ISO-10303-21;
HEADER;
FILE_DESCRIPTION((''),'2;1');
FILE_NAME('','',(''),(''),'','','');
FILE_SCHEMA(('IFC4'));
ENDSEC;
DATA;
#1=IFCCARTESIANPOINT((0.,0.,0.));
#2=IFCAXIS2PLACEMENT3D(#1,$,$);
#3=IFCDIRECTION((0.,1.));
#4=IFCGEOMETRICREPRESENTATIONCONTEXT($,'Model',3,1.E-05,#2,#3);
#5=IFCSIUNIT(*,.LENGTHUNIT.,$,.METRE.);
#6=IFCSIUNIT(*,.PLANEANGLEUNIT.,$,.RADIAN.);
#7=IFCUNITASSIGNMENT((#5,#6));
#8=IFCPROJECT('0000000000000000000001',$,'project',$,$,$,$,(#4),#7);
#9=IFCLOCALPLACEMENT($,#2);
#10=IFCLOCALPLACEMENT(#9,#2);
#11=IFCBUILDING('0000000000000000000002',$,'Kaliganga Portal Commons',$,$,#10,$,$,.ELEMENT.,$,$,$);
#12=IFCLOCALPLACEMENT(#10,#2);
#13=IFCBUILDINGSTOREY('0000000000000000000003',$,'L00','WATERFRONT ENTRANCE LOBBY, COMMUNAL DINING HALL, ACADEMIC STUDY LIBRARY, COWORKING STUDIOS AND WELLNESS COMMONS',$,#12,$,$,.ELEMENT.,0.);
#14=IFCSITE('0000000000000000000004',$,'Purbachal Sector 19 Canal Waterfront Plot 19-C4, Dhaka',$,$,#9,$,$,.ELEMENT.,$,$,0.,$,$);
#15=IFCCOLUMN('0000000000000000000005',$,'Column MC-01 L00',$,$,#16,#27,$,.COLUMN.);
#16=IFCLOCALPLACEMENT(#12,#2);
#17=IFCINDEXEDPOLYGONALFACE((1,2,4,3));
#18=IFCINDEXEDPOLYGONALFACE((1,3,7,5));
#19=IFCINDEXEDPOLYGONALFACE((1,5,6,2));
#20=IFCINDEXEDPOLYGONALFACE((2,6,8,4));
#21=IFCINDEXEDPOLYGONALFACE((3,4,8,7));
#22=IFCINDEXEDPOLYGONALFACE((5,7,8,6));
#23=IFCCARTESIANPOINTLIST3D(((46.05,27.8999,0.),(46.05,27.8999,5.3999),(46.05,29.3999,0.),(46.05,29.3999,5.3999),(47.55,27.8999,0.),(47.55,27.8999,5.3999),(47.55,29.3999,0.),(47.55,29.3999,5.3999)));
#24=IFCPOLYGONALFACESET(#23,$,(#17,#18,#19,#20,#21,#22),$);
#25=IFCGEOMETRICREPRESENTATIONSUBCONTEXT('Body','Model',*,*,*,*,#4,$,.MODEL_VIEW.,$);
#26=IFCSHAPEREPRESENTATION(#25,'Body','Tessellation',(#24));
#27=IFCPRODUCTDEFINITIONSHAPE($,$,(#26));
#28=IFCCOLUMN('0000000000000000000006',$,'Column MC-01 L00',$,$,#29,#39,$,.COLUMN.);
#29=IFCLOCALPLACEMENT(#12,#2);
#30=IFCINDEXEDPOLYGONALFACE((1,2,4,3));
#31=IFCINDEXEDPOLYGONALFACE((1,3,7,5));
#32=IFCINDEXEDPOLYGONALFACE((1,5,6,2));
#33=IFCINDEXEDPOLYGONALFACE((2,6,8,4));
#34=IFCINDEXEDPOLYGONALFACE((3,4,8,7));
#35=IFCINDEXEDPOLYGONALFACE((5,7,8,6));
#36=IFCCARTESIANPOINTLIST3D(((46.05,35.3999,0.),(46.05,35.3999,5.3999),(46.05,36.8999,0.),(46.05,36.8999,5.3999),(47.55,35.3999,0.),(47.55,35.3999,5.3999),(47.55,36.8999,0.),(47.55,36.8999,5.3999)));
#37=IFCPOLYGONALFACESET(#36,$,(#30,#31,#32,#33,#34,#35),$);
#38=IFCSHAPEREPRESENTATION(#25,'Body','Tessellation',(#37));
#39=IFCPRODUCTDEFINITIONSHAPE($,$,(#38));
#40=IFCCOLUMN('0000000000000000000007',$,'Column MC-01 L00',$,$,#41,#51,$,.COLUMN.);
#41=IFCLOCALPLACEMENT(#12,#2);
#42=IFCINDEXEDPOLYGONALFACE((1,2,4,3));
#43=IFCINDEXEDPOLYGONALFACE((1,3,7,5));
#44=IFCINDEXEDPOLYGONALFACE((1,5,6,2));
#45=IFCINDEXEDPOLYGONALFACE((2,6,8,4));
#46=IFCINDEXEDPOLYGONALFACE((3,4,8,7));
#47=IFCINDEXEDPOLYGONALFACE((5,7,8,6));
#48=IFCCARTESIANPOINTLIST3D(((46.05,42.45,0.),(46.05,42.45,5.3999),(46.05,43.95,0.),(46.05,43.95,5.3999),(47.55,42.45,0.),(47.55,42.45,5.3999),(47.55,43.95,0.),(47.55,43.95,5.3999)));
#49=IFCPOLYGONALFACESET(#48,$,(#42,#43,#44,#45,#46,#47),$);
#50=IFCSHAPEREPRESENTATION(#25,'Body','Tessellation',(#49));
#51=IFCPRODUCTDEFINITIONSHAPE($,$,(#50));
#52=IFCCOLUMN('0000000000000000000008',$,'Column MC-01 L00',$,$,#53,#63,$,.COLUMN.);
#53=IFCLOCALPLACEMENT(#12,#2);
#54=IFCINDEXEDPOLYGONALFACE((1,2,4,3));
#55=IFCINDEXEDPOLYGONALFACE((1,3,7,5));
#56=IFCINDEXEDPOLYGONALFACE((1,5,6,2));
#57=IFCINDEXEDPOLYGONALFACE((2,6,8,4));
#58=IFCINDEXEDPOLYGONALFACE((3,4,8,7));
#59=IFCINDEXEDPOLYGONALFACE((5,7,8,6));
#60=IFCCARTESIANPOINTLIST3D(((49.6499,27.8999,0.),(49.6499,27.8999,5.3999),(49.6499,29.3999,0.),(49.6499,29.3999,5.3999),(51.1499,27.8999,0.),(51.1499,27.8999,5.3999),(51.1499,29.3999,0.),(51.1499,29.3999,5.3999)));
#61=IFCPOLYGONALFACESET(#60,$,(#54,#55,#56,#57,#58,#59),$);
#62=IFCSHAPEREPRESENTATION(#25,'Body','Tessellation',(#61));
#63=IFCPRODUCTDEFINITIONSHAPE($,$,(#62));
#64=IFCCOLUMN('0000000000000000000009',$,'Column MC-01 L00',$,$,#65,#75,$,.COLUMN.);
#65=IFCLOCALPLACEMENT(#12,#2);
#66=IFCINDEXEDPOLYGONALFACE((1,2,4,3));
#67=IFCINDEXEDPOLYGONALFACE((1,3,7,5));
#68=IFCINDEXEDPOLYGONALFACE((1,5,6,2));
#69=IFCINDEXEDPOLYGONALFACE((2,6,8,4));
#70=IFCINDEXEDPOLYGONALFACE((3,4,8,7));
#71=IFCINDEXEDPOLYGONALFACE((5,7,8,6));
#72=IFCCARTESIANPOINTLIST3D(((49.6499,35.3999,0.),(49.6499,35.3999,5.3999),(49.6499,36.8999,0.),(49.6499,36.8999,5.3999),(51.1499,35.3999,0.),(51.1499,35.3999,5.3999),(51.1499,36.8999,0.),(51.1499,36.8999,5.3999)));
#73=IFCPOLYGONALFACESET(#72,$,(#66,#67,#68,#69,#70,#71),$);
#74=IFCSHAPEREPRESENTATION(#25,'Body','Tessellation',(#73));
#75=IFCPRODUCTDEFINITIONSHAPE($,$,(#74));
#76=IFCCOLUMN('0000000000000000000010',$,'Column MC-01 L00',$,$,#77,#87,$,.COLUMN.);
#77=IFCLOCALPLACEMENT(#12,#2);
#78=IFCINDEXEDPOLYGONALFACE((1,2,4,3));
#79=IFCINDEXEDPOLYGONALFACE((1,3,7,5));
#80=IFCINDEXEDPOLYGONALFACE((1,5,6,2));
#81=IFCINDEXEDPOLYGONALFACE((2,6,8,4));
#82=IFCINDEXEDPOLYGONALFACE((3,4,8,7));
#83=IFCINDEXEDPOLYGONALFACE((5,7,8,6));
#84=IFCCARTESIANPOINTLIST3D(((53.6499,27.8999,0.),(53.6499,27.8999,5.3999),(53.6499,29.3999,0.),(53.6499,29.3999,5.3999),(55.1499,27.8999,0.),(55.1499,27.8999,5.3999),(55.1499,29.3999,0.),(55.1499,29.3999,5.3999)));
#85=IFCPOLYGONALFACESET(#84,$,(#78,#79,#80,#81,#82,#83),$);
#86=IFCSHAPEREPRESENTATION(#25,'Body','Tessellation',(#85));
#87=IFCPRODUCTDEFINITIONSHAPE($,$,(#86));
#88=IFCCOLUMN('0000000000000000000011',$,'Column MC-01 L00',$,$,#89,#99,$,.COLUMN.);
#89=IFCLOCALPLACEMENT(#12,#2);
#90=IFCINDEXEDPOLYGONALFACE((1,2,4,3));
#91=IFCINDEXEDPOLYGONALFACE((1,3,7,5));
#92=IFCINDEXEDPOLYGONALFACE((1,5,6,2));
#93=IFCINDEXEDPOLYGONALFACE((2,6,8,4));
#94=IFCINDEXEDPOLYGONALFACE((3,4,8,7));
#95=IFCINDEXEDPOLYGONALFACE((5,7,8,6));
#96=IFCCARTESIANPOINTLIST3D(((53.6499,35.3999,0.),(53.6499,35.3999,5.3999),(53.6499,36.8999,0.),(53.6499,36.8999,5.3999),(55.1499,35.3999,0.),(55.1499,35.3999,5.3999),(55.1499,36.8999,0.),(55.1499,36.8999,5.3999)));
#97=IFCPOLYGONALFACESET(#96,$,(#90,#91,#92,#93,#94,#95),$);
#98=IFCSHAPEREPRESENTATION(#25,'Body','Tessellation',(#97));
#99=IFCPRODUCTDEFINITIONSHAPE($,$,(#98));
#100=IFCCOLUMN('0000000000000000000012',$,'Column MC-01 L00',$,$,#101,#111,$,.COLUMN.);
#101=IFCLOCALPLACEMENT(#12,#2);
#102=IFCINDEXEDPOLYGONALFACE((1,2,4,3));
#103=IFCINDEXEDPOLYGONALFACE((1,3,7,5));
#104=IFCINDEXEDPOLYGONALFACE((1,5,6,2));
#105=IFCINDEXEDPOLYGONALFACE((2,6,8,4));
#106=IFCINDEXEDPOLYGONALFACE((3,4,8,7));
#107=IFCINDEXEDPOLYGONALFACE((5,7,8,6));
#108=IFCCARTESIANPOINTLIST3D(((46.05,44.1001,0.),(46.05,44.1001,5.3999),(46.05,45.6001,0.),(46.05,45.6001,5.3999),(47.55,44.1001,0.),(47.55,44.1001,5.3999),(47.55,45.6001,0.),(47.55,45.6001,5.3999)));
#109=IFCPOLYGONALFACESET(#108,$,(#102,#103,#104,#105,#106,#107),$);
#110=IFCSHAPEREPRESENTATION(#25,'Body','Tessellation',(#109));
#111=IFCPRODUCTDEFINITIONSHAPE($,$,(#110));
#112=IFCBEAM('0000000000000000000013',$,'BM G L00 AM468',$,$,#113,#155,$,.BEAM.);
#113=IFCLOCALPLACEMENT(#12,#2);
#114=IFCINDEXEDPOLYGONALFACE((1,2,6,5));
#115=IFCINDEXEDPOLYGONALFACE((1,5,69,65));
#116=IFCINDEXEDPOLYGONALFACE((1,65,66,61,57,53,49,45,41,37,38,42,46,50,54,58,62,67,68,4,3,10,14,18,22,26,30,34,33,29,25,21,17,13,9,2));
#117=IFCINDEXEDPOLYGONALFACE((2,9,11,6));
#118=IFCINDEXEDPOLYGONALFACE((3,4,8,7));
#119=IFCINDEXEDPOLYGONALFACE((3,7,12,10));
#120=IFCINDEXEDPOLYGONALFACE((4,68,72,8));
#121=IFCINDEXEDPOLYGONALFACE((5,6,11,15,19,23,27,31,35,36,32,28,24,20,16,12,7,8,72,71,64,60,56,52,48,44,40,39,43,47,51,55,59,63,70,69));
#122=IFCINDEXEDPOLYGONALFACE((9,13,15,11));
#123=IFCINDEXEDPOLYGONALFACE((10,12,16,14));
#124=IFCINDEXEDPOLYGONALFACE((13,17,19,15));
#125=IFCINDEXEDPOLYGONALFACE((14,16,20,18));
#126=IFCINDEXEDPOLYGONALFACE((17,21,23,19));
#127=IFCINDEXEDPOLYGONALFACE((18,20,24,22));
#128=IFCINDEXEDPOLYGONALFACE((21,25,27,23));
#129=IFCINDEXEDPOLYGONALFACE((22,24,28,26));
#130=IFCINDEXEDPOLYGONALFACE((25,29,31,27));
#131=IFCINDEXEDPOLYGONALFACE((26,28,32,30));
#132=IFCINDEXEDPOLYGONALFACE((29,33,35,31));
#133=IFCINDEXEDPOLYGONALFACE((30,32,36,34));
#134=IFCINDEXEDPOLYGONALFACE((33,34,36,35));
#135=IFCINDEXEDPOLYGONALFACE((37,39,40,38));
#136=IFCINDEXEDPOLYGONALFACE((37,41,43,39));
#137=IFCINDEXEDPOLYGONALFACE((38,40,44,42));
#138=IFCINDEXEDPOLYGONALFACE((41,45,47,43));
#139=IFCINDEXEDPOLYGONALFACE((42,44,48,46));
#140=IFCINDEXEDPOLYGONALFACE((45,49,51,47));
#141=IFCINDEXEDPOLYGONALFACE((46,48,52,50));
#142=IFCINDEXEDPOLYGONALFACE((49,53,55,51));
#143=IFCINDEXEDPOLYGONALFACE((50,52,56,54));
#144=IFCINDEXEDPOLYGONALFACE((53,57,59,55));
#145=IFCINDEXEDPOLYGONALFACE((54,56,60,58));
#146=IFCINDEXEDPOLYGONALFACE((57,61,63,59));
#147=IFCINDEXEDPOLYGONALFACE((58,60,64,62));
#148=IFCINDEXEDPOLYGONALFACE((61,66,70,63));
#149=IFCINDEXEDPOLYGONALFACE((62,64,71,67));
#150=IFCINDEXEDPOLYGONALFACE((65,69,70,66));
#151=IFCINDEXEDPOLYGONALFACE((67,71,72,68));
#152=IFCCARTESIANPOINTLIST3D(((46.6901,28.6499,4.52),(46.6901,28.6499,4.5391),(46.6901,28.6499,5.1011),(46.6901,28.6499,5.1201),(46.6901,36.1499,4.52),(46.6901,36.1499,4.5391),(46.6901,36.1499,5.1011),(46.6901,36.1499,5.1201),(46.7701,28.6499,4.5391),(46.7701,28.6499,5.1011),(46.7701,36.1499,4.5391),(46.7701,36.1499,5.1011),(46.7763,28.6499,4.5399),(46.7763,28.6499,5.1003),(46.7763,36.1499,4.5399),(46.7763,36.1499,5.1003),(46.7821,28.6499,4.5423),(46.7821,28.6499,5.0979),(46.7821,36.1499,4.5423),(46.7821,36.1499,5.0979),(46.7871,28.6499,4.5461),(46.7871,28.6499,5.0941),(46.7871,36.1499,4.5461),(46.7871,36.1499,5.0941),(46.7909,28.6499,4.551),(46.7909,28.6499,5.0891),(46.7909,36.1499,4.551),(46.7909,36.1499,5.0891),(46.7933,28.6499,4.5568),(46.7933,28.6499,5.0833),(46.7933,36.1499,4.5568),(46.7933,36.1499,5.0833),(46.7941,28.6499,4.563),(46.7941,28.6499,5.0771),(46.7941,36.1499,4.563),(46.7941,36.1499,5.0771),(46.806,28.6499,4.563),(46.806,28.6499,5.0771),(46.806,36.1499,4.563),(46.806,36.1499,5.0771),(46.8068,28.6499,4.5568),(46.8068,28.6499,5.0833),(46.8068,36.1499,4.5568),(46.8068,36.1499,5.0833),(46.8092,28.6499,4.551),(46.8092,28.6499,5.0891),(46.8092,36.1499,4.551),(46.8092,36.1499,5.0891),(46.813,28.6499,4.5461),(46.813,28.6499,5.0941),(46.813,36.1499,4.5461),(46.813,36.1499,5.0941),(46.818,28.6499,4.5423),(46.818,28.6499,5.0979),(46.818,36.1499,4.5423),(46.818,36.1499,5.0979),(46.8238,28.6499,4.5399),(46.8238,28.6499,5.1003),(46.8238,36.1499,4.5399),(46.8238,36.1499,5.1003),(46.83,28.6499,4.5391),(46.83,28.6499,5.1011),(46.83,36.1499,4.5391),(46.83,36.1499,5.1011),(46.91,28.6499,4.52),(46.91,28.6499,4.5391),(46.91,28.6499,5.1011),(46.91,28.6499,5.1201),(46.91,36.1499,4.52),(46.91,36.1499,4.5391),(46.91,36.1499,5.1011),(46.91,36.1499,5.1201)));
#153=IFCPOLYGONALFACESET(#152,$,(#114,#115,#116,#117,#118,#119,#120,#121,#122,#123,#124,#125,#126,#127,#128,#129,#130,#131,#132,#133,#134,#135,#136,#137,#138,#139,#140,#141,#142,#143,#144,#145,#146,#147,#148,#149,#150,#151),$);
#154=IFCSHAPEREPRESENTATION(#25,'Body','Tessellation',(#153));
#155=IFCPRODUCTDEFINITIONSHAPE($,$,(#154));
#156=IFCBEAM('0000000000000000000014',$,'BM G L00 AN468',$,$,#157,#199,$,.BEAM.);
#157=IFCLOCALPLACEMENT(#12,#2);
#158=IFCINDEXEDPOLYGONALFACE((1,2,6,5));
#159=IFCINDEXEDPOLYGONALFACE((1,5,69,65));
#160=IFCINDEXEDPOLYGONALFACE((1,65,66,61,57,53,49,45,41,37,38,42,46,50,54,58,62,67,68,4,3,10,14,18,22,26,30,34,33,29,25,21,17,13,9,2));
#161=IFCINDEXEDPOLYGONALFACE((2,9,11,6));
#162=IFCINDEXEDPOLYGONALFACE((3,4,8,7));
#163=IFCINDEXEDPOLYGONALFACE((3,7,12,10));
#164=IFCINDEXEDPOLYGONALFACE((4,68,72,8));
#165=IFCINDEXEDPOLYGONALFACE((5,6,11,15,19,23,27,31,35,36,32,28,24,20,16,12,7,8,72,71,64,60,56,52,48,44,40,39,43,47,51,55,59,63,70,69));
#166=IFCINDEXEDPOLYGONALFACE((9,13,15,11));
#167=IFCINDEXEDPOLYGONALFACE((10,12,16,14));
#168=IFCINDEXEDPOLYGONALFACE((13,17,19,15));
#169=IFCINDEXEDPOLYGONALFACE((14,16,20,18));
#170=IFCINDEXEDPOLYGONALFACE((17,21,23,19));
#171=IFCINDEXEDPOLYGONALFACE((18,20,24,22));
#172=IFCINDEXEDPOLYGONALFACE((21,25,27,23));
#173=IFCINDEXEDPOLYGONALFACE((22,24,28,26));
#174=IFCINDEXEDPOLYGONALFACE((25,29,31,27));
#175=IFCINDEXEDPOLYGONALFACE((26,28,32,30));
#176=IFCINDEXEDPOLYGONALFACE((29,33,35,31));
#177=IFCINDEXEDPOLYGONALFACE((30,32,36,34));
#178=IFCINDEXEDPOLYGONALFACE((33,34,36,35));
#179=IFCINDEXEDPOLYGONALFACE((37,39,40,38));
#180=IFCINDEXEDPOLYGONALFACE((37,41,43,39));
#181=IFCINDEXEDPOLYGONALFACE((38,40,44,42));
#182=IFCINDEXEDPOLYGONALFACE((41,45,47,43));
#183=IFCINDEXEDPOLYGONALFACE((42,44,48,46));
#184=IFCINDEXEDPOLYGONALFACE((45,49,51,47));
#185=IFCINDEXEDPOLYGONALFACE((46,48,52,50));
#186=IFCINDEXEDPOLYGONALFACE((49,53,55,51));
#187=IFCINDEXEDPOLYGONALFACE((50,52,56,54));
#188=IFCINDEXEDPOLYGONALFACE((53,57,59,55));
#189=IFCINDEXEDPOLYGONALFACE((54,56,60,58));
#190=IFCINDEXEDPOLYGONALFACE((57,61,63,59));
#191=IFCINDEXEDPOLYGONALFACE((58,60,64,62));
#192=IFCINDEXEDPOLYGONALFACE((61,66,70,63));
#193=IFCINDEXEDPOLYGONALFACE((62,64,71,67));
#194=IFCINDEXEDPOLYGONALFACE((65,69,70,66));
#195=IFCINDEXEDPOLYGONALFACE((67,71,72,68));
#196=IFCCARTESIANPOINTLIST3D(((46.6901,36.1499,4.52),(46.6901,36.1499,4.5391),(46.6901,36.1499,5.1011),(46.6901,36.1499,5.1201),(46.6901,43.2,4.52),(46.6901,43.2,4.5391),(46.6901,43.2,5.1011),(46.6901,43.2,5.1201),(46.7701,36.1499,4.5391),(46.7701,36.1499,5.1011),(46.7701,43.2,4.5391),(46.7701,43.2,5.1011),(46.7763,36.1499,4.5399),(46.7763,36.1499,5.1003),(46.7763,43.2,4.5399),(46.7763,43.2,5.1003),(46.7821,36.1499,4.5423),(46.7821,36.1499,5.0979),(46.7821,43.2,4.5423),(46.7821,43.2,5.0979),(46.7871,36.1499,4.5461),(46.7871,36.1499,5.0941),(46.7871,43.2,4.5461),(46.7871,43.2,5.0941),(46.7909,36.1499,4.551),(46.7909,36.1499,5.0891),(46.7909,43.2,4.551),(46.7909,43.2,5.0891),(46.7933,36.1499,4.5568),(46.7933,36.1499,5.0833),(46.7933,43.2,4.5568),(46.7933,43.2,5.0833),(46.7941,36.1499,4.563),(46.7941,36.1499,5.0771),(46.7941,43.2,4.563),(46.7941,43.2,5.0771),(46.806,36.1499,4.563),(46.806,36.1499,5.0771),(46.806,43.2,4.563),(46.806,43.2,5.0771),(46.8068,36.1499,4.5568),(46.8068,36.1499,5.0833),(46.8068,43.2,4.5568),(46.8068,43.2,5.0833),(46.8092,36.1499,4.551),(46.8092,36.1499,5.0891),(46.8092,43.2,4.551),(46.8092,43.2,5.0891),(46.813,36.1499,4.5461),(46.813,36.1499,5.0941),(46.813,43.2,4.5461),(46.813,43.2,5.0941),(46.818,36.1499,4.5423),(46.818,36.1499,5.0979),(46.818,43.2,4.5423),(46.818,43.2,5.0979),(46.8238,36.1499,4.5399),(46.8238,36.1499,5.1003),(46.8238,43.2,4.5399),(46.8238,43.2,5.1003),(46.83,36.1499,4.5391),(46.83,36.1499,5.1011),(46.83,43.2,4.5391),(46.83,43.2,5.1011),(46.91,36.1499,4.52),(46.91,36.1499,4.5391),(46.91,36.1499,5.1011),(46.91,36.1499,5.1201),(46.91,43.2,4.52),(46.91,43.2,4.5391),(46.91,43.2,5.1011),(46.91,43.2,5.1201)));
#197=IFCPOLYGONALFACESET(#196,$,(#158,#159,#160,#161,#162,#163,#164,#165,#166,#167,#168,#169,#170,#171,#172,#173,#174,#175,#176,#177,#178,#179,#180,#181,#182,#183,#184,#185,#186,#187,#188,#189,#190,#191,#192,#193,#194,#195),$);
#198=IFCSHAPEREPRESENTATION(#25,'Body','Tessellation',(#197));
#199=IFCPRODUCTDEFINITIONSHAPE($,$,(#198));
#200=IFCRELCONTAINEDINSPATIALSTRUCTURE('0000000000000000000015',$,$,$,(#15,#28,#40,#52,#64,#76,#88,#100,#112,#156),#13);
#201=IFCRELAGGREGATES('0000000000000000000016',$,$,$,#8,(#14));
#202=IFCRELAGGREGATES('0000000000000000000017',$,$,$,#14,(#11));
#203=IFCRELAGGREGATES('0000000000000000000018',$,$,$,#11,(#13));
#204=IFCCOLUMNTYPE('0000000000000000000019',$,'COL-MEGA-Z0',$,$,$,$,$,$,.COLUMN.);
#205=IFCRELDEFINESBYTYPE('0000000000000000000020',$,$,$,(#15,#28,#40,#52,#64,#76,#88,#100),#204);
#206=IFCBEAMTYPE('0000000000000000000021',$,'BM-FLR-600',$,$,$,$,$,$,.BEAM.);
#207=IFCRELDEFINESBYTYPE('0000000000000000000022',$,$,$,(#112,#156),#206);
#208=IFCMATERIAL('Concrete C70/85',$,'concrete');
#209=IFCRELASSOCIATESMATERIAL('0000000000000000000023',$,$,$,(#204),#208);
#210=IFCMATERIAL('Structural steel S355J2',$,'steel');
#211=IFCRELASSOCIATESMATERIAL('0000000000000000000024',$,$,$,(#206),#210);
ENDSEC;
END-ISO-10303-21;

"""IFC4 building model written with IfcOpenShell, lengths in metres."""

from ifc_helpers import new_model, si_unit, direction, frame, origin, origin_2d, place, context, subcontext, project, spatial, rectangle, i_section, extrude, source, transform, mapped, material, material_profile, profile_set, type_object, element, save


model = new_model("IFC4")

# Units and contexts
model_context = context("Model", 3, precision=1e-05, world=origin(), true_north=direction((0.0, 1.0)))
body_context = subcontext(model_context, "Body", "Model", "MODEL_VIEW")
ifc_project = project(units=[si_unit("LENGTHUNIT", "METRE"), si_unit("PLANEANGLEUNIT", "RADIAN")], contexts=[model_context])

# Site, building, storey
site_placement = place(None, origin())
site = spatial("IfcSite", under=ifc_project, at=site_placement, Name="Purbachal Sector 19 Canal Waterfront Plot 19-C4, Dhaka", CompositionType="ELEMENT", RefElevation=0.0)
building_placement = place(site_placement, origin())
building = spatial("IfcBuilding", under=site, at=building_placement, Name="Kaliganga Portal Commons", CompositionType="ELEMENT")
storey_placement = place(building_placement, origin())
storey = spatial("IfcBuildingStorey", under=building, at=storey_placement, Name="L00", Description="WATERFRONT ENTRANCE LOBBY, COMMUNAL DINING HALL, ACADEMIC STUDY LIBRARY, COWORKING STUDIOS AND WELLNESS COMMONS", CompositionType="ELEMENT", Elevation=0.0)

# Columns
ifc_material_1 = material(Name="Concrete C70/85", Category="concrete")
ifc_material_profile_1 = material_profile(ifc_material_1, rectangle(XDim=1.5, YDim=1.5, at=origin_2d()), Name="RC 1500x1500")
ifc_profile_set_1 = profile_set([ifc_material_profile_1], Name="Concrete C70/85")
column_type = type_object("IfcColumnType", Name="COL-MEGA-Z0", PredefinedType="COLUMN", material=ifc_profile_set_1)
shared_shape_1 = source(origin(), body_context, "Body", "SweptSolid", [
    extrude(rectangle(XDim=1.5, YDim=1.5, at=origin_2d()), origin(), (0.0, 0.0, 1.0), 5.3999),
])
for number, where, z_axis, x_axis, name in (
    (1, (46.8, 28.6499, 0.0), (0.0, 0.0, 1.0), (1.0, 0.0, 0.0), "Column MC-01 L00"),
    (2, (46.8, 36.1499, 0.0), (0.0, 0.0, 1.0), (1.0, 0.0, 0.0), "Column MC-01 L00"),
    (3, (46.8, 43.2, 0.0), (0.0, 0.0, 1.0), (1.0, 0.0, 0.0), "Column MC-01 L00"),
    (4, (50.3999, 28.6499, 0.0), (0.0, 0.0, 1.0), (1.0, 0.0, 0.0), "Column MC-01 L00"),
    (5, (50.3999, 36.1499, 0.0), (0.0, 0.0, 1.0), (1.0, 0.0, 0.0), "Column MC-01 L00"),
    (6, (54.3999, 28.6499, 0.0), (0.0, 0.0, 1.0), (1.0, 0.0, 0.0), "Column MC-01 L00"),
    (7, (54.3999, 36.1499, 0.0), (0.0, 0.0, 1.0), (1.0, 0.0, 0.0), "Column MC-01 L00"),
    (8, (46.8, 44.8501, 0.0), (0.0, 0.0, 1.0), (1.0, 0.0, 0.0), "Column MC-01 L00"),
):
    element("IfcColumn", number, at=place(storey_placement, frame(where, z_axis=z_axis, x_axis=x_axis)), inside=storey, type_object=column_type, Name=name, PredefinedType="COLUMN", context=body_context, shape_type="MappedRepresentation", body=[
        mapped(shared_shape_1, transform((0.0, 0.0, 0.0), x_axis=(1.0, 0.0, 0.0), y_axis=(0.0, 1.0, 0.0), z_axis=(0.0, 0.0, 1.0), scale=1.0)),
    ])

# Beams
ifc_material_2 = material(Name="Structural steel S355J2", Category="steel")
ifc_material_profile_2 = material_profile(ifc_material_2, i_section(OverallWidth=0.22, OverallDepth=0.6001, WebThickness=0.012, FlangeThickness=0.019, FilletRadius=0.0239, at=origin_2d()), Name="IPE 600")
ifc_profile_set_2 = profile_set([ifc_material_profile_2], Name="Structural steel S355J2 wide-flange")
beam_type_1 = type_object("IfcBeamType", Name="BM-FLR-600", PredefinedType="BEAM", material=ifc_profile_set_2)
shared_shape_2 = source(origin(), body_context, "Body", "SweptSolid", [
    extrude(i_section(OverallWidth=0.22, OverallDepth=0.6001, WebThickness=0.012, FlangeThickness=0.019, FilletRadius=0.0239, at=origin_2d()), origin(), (0.0, 0.0, 1.0), 7.5),
])
beam_1_placement = place(storey_placement, frame((46.8, 28.6499, 4.8201), z_axis=(0.0, 1.0, 0.0), x_axis=(-1.0, 0.0, 0.0)))
element("IfcBeam", 9, at=beam_1_placement, inside=storey, type_object=beam_type_1, Name="BM G L00 AM468", PredefinedType="BEAM", context=body_context, shape_type="MappedRepresentation", body=[
    mapped(shared_shape_2, transform((0.0, 0.0, 0.0), x_axis=(1.0, 0.0, 0.0), y_axis=(0.0, 1.0, 0.0), z_axis=(0.0, 0.0, 1.0), scale=1.0)),
])
shared_shape_3 = source(origin(), body_context, "Body", "SweptSolid", [
    extrude(i_section(OverallWidth=0.22, OverallDepth=0.6001, WebThickness=0.012, FlangeThickness=0.019, FilletRadius=0.0239, at=origin_2d()), origin(), (0.0, 0.0, 1.0), 7.05),
])
beam_2_placement = place(storey_placement, frame((46.8, 36.1499, 4.8201), z_axis=(0.0, 1.0, 0.0), x_axis=(-1.0, 0.0, 0.0)))
element("IfcBeam", 10, at=beam_2_placement, inside=storey, type_object=beam_type_1, Name="BM G L00 AN468", PredefinedType="BEAM", context=body_context, shape_type="MappedRepresentation", body=[
    mapped(shared_shape_3, transform((0.0, 0.0, 0.0), x_axis=(1.0, 0.0, 0.0), y_axis=(0.0, 1.0, 0.0), z_axis=(0.0, 0.0, 1.0), scale=1.0)),
])

save(model, "model.ifc")
